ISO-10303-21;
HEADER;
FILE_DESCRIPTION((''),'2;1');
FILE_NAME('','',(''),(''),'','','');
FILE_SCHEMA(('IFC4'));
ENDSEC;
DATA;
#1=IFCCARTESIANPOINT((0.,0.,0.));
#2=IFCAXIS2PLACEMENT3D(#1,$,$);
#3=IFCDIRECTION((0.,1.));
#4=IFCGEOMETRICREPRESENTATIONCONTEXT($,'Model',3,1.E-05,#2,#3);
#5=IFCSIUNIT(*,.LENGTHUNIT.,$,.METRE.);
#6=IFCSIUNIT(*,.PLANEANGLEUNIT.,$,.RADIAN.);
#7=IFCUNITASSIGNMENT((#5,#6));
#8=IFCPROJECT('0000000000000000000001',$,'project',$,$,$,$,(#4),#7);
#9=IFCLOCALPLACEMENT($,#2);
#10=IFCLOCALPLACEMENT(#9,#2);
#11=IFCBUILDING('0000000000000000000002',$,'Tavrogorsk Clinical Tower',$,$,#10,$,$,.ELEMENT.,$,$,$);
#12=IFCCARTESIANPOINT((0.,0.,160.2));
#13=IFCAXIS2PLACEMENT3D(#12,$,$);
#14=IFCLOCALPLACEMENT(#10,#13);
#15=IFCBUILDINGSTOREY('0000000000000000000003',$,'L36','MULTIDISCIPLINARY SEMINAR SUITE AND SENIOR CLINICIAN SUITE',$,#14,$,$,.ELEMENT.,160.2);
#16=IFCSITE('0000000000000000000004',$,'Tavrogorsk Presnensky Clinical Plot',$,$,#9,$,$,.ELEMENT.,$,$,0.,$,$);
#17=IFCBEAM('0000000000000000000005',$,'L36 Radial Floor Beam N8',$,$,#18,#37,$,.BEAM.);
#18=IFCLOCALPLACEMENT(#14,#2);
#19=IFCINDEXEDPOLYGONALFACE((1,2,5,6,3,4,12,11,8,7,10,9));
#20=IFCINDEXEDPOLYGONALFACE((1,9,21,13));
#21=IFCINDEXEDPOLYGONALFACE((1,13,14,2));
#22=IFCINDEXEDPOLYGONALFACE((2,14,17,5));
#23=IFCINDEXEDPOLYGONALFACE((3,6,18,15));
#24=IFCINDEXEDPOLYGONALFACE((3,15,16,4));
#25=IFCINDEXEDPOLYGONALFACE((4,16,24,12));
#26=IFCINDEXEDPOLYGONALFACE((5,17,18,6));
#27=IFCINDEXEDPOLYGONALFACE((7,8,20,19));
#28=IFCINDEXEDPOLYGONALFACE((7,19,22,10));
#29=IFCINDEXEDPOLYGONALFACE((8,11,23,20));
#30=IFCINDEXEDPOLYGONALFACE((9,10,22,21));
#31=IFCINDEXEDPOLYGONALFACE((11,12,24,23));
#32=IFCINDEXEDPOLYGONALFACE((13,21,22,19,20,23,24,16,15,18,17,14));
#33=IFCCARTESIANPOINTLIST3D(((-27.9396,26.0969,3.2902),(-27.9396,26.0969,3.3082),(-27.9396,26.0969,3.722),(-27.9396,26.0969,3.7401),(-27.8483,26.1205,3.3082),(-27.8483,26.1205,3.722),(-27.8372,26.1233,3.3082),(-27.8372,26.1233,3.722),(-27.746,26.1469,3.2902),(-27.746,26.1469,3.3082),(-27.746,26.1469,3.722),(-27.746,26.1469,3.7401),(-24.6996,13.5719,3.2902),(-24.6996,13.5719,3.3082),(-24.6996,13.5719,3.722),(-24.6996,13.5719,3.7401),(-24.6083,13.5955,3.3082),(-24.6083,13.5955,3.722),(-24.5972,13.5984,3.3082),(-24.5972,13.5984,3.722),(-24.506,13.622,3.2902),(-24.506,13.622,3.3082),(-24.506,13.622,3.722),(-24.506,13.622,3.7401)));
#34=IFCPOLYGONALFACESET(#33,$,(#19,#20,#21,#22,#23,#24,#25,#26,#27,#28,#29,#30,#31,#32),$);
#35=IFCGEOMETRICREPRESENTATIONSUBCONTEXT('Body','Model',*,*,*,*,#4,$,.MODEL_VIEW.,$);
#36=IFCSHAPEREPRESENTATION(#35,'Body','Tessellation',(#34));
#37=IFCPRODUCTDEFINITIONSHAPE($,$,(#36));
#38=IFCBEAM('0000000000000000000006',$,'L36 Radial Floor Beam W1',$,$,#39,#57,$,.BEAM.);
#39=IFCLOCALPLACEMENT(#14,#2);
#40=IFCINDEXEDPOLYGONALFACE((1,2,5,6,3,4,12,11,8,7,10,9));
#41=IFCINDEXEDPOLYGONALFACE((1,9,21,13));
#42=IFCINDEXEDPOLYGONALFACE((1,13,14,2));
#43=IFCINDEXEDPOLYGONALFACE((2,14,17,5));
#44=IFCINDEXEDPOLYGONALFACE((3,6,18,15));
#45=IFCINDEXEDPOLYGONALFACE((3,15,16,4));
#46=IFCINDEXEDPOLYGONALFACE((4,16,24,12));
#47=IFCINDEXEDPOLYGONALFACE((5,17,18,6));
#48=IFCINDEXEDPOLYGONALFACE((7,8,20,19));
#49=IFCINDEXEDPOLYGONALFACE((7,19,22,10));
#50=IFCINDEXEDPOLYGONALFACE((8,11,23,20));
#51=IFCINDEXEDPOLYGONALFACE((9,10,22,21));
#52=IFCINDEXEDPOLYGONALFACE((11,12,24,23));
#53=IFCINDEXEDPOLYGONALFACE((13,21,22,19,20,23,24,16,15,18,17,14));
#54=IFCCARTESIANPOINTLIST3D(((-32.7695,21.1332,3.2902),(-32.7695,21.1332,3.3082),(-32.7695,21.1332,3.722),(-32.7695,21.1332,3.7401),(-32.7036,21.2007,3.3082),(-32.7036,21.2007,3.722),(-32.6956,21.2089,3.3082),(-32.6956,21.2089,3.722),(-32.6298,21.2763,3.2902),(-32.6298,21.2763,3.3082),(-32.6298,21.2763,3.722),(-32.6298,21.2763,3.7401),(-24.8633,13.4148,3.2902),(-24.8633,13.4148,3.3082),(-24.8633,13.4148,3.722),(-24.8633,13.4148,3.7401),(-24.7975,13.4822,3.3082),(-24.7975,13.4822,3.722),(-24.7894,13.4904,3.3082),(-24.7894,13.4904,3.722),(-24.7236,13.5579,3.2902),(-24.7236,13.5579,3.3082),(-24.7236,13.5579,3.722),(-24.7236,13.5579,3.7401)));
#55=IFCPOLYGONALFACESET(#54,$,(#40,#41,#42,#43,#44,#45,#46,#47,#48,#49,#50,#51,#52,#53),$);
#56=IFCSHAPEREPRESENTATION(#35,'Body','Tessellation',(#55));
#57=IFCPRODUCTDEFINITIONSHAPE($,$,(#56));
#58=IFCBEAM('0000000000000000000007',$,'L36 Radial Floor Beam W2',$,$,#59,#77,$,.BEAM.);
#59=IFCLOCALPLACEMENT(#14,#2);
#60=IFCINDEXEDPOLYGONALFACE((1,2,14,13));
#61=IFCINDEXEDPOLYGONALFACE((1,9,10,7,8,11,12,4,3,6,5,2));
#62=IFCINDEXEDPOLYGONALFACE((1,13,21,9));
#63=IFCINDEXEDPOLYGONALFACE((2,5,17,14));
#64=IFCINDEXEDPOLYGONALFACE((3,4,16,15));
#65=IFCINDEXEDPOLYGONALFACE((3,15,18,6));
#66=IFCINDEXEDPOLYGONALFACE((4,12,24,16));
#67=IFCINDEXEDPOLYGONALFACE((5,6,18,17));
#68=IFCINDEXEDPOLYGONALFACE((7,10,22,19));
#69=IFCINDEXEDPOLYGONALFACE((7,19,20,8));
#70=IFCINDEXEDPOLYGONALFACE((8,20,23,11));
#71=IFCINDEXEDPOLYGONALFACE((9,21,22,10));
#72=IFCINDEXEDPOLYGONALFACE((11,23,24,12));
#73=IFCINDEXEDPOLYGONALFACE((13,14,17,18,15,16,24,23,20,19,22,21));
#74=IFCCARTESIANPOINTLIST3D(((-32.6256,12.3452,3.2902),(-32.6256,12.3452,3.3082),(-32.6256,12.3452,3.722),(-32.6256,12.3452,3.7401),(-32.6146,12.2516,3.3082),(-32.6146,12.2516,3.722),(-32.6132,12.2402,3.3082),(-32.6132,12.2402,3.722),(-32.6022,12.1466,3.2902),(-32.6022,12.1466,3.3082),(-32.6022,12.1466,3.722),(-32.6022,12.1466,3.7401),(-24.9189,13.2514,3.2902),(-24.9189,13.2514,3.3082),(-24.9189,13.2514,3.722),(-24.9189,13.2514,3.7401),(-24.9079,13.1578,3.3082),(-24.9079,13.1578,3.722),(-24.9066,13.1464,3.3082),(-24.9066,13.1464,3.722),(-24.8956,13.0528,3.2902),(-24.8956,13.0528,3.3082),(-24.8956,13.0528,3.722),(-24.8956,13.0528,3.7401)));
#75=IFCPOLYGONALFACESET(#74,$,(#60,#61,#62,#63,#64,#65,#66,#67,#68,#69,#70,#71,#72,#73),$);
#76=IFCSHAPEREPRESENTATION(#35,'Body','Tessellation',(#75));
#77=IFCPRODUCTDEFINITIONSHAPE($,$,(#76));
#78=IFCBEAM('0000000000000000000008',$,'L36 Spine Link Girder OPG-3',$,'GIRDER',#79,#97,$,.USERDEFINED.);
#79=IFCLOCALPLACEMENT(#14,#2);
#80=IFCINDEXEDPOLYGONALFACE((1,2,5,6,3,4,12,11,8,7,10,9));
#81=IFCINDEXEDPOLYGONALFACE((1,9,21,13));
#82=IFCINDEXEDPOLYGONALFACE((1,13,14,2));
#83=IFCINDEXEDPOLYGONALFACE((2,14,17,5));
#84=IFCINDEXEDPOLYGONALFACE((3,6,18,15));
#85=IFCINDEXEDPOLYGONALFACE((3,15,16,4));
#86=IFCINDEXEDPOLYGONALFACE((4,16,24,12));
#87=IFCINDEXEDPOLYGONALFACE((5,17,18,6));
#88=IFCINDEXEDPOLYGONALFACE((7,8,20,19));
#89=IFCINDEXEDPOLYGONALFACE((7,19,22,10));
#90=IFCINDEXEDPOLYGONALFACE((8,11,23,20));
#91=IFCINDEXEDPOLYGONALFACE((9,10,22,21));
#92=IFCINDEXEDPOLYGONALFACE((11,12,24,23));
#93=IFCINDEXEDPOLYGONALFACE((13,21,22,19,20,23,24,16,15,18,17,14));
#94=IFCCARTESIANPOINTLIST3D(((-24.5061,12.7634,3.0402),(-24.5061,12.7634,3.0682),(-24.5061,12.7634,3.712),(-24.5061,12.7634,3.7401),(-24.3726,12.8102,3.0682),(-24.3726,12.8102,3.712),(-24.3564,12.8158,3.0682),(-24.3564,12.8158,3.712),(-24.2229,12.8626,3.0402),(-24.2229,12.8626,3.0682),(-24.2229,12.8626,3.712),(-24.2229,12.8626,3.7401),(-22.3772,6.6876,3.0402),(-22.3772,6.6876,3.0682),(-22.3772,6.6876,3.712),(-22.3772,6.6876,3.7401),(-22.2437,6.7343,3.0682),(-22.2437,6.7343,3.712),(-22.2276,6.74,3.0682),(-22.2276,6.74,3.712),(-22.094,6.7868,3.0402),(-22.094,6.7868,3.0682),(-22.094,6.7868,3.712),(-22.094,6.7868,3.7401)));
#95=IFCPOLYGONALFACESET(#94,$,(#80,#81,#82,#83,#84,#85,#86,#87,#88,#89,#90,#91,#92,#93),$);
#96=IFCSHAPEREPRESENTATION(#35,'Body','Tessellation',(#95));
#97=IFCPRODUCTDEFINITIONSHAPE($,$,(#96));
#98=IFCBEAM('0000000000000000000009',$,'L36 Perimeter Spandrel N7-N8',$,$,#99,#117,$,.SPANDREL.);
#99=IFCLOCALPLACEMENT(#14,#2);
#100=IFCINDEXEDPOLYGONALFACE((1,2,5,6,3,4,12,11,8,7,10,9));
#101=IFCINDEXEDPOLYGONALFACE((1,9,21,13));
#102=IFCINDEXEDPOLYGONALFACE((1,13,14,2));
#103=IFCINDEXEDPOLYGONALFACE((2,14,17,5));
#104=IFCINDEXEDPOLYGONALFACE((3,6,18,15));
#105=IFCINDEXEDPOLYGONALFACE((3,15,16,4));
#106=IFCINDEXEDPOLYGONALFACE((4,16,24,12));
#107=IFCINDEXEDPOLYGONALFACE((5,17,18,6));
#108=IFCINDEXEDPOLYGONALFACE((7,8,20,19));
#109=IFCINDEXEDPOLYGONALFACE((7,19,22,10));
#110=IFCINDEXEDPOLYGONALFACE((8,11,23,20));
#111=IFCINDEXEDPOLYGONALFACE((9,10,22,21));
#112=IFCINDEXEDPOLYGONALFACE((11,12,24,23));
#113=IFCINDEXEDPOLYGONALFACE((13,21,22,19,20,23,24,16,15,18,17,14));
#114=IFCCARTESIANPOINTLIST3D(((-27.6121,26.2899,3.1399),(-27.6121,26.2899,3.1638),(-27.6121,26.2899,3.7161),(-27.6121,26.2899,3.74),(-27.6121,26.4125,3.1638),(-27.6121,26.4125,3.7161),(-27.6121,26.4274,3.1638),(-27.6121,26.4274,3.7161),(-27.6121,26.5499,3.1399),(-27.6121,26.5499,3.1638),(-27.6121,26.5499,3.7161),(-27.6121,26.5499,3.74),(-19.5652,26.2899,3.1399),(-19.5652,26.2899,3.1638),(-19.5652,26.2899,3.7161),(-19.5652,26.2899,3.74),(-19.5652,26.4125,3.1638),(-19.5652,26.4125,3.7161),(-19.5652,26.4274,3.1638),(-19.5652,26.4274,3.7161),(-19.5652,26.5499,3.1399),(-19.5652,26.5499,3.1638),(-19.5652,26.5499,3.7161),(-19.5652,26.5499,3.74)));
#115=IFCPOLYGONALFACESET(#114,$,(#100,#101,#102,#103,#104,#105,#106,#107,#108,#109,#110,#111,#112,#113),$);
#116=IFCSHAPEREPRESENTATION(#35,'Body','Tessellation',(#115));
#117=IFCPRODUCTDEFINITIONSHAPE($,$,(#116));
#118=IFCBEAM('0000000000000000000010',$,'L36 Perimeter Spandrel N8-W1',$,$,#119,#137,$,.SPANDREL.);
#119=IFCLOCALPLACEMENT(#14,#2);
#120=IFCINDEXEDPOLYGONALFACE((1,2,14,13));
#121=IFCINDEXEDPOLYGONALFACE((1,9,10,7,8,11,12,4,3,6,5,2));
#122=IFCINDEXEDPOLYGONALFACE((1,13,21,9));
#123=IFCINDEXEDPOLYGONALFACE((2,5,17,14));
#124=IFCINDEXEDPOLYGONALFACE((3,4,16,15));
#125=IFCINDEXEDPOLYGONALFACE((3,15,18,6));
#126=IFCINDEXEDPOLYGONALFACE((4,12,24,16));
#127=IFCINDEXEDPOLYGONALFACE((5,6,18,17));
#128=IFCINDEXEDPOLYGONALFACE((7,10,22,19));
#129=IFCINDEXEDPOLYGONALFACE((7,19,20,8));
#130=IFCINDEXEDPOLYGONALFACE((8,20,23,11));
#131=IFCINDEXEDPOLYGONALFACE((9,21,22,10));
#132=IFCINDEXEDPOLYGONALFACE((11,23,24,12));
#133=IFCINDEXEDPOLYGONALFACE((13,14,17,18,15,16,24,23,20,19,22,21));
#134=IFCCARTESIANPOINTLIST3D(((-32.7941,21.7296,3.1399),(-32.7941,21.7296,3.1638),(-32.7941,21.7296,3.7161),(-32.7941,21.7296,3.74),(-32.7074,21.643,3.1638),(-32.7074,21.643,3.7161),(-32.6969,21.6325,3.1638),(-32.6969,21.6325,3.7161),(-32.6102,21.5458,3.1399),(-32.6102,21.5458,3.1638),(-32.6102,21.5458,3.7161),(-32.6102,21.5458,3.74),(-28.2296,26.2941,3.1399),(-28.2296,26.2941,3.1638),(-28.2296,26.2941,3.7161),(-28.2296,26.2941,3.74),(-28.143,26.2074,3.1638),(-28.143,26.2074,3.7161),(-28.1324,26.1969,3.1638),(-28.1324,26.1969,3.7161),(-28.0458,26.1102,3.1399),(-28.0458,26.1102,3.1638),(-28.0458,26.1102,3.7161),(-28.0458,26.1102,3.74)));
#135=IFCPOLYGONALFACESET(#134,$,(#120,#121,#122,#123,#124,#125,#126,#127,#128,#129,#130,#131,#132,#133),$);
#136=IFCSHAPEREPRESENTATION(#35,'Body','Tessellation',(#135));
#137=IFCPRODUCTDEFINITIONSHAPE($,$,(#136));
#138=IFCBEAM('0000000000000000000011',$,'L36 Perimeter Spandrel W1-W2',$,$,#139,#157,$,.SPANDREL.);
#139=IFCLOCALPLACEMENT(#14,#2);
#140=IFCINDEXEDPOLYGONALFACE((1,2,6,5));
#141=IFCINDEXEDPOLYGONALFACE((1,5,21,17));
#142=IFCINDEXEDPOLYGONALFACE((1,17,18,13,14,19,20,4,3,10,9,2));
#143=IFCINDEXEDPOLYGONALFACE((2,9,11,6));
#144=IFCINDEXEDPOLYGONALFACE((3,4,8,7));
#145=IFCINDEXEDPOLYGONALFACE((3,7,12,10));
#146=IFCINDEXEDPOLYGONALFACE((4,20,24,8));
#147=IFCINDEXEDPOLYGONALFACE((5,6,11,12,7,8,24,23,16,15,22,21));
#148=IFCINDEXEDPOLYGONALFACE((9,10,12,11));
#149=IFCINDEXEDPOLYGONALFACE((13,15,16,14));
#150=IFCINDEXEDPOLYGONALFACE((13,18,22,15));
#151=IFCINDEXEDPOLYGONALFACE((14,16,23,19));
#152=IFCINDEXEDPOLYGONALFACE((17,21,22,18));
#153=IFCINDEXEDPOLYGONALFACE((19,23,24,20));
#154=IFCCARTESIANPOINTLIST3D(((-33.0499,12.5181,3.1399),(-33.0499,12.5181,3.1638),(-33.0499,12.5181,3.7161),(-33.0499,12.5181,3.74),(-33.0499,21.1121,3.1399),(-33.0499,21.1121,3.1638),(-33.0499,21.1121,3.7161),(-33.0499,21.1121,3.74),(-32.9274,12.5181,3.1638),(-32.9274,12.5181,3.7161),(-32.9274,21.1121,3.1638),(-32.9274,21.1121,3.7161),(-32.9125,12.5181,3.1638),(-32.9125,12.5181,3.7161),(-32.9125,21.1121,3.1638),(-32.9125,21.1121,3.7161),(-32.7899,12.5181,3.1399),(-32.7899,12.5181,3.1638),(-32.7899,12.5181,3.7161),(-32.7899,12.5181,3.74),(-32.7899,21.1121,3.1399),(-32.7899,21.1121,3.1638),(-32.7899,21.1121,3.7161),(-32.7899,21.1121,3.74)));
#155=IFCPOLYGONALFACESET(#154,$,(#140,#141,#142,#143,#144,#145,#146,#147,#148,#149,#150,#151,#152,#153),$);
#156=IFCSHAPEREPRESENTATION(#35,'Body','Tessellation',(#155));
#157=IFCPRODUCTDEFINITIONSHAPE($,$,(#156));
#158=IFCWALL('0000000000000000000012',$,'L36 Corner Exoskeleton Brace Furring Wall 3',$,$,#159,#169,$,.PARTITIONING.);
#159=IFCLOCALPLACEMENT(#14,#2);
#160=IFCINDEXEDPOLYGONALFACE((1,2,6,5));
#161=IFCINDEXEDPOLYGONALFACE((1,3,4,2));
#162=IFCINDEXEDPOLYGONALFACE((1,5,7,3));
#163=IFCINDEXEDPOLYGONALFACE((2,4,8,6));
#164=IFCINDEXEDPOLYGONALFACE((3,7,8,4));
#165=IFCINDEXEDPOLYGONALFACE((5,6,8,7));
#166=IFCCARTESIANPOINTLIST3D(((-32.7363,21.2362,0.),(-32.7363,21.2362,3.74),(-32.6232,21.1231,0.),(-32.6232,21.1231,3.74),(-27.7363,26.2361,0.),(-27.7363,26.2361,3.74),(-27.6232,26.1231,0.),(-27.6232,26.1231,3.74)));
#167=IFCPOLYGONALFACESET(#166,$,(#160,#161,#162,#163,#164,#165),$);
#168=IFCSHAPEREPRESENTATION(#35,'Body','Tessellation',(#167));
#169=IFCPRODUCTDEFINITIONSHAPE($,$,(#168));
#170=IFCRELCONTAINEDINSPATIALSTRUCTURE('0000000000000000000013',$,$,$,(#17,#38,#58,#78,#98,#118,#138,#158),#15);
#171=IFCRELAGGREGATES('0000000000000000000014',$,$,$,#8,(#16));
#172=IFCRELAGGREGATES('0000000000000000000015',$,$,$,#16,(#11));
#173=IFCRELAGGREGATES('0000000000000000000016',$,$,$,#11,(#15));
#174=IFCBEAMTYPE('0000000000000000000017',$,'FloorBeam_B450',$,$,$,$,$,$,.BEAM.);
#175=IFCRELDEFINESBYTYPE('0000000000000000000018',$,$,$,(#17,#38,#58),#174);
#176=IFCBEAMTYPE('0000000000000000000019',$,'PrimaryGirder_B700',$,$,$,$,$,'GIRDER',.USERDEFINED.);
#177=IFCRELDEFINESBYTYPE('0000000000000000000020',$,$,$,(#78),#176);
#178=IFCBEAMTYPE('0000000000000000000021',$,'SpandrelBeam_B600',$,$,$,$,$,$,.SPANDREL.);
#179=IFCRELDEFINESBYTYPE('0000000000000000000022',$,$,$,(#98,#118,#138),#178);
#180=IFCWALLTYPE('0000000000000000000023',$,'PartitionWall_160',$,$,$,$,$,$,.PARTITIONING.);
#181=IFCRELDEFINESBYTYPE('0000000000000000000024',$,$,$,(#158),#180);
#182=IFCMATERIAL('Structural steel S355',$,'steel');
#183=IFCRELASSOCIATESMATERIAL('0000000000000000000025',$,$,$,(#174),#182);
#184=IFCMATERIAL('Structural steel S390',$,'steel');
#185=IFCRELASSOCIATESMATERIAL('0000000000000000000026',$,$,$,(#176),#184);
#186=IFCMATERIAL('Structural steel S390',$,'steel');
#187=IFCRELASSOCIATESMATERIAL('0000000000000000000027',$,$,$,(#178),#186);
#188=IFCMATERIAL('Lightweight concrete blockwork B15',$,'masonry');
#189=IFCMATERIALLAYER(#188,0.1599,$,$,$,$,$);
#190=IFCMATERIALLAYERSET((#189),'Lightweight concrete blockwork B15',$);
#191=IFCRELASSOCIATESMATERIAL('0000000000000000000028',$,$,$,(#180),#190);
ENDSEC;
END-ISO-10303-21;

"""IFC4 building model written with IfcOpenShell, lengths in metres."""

from ifc_helpers import new_model, si_unit, direction, frame, frame_2d, origin, origin_2d, place, context, subcontext, project, spatial, rectangle, i_section, extrude, material, layer, layer_set, material_profile, profile_set, type_object, element, save


model = new_model("IFC4")

# Units and contexts
model_context = context("Model", 3, precision=1e-05, world=origin(), true_north=direction((0.0, 1.0)))
body_context = subcontext(model_context, "Body", "Model", "MODEL_VIEW")
ifc_project = project(units=[si_unit("LENGTHUNIT", "METRE"), si_unit("PLANEANGLEUNIT", "RADIAN")], contexts=[model_context])

# Site, building, storey
site_placement = place(None, origin())
site = spatial("IfcSite", under=ifc_project, at=site_placement, Name="Tavrogorsk Presnensky Clinical Plot", CompositionType="ELEMENT", RefElevation=0.0)
building_placement = place(site_placement, origin())
building = spatial("IfcBuilding", under=site, at=building_placement, Name="Tavrogorsk Clinical Tower", CompositionType="ELEMENT")
storey_placement = place(building_placement, frame((0.0, 0.0, 160.2)))
storey = spatial("IfcBuildingStorey", under=building, at=storey_placement, Name="L36", Description="MULTIDISCIPLINARY SEMINAR SUITE AND SENIOR CLINICIAN SUITE", CompositionType="ELEMENT", Elevation=160.2)

# Beams
ifc_material_1 = material(Name="Structural steel S355", Category="steel")
ifc_material_profile_1 = material_profile(ifc_material_1, i_section(OverallWidth=0.2, OverallDepth=0.45, WebThickness=0.0115, FlangeThickness=0.0181, at=origin_2d()), Name="B-450x200x11.5x18")
ifc_profile_set_1 = profile_set([ifc_material_profile_1], Name="Structural steel S355")
beam_type_1 = type_object("IfcBeamType", Name="FloorBeam_B450", PredefinedType="BEAM", material=ifc_profile_set_1)
beam_1_placement = place(storey_placement, frame((-24.6028, 13.5969, 3.5151), z_axis=(-0.25044, 0.968132, 0.0), x_axis=(-0.968132, -0.25044, 0.0)))
element("IfcBeam", 1, at=beam_1_placement, inside=storey, type_object=beam_type_1, Name="L36 Radial Floor Beam N8", PredefinedType="BEAM", context=body_context, shape_type="SweptSolid", body=[
    extrude(i_section(OverallWidth=0.2, OverallDepth=0.45, WebThickness=0.0115, FlangeThickness=0.0181, at=origin_2d()), origin(), (0.0, 0.0, 1.0), 12.9373),
])
beam_2_placement = place(storey_placement, frame((-24.7935, 13.4863, 3.5151), z_axis=(-0.715552, 0.69856, 0.0), x_axis=(-0.69856, -0.715552, 0.0)))
element("IfcBeam", 2, at=beam_2_placement, inside=storey, type_object=beam_type_1, Name="L36 Radial Floor Beam W1", PredefinedType="BEAM", context=body_context, shape_type="SweptSolid", body=[
    extrude(i_section(OverallWidth=0.2, OverallDepth=0.45, WebThickness=0.0115, FlangeThickness=0.0181, at=origin_2d()), origin(), (0.0, 0.0, 1.0), 11.0491),
])
beam_3_placement = place(storey_placement, frame((-24.9072, 13.1521, 3.5151), z_axis=(-0.993157, -0.116786, 0.0), x_axis=(0.116786, -0.993157, 0.0)))
element("IfcBeam", 3, at=beam_3_placement, inside=storey, type_object=beam_type_1, Name="L36 Radial Floor Beam W2", PredefinedType="BEAM", context=body_context, shape_type="SweptSolid", body=[
    extrude(i_section(OverallWidth=0.2, OverallDepth=0.45, WebThickness=0.0115, FlangeThickness=0.0181, at=origin_2d()), origin(), (0.0, 0.0, 1.0), 7.7598),
])
ifc_material_2 = material(Name="Structural steel S390", Category="steel")
ifc_material_profile_2 = material_profile(ifc_material_2, i_section(OverallWidth=0.3, OverallDepth=0.7, WebThickness=0.0171, FlangeThickness=0.0281, at=origin_2d()), Name="B-700x300x17x28")
ifc_profile_set_2 = profile_set([ifc_material_profile_2], Name="Structural steel S390")
beam_type_2 = type_object("IfcBeamType", Name="PrimaryGirder_B700", ElementType="GIRDER", PredefinedType="USERDEFINED", material=ifc_profile_set_2)
beam_4_placement = place(storey_placement, frame((-24.3645, 12.813, 3.3901), z_axis=(0.330673, -0.943745, 0.0), x_axis=(0.943745, 0.330673, 0.0)))
element("IfcBeam", 4, at=beam_4_placement, inside=storey, type_object=beam_type_2, Name="L36 Spine Link Girder OPG-3", ObjectType="GIRDER", PredefinedType="USERDEFINED", context=body_context, shape_type="SweptSolid", body=[
    extrude(i_section(OverallWidth=0.3, OverallDepth=0.7, WebThickness=0.0171, FlangeThickness=0.0281, at=origin_2d()), origin(), (0.0, 0.0, 1.0), 6.438),
])
ifc_material_3 = material(Name="Structural steel S390", Category="steel")
ifc_material_profile_3 = material_profile(ifc_material_3, i_section(OverallWidth=0.26, OverallDepth=0.6001, WebThickness=0.0149, FlangeThickness=0.0239, at=origin_2d()), Name="B-600x260x15x24")
ifc_profile_set_3 = profile_set([ifc_material_profile_3], Name="Structural steel S390")
beam_type_3 = type_object("IfcBeamType", Name="SpandrelBeam_B600", PredefinedType="SPANDREL", material=ifc_profile_set_3)
beam_5_placement = place(storey_placement, frame((-19.5652, 26.4199, 3.4399), z_axis=(-1.0, 0.0, 0.0), x_axis=(0.0, -1.0, 0.0)))
element("IfcBeam", 5, at=beam_5_placement, inside=storey, type_object=beam_type_3, Name="L36 Perimeter Spandrel N7-N8", PredefinedType="SPANDREL", context=body_context, shape_type="SweptSolid", body=[
    extrude(i_section(OverallWidth=0.26, OverallDepth=0.6001, WebThickness=0.0149, FlangeThickness=0.0239, at=origin_2d()), origin(), (0.0, 0.0, 1.0), 8.0469),
])
beam_6_placement = place(storey_placement, frame((-28.1377, 26.2021, 3.4399), z_axis=(-0.707107, -0.707107, 0.0), x_axis=(0.707107, -0.707107, 0.0)))
element("IfcBeam", 6, at=beam_6_placement, inside=storey, type_object=beam_type_3, Name="L36 Perimeter Spandrel N8-W1", PredefinedType="SPANDREL", context=body_context, shape_type="SweptSolid", body=[
    extrude(i_section(OverallWidth=0.26, OverallDepth=0.6001, WebThickness=0.0149, FlangeThickness=0.0239, at=origin_2d()), origin(), (0.0, 0.0, 1.0), 6.4551),
])
beam_7_placement = place(storey_placement, frame((-32.9199, 21.1121, 3.4399), z_axis=(0.0, -1.0, 0.0), x_axis=(1.0, 0.0, 0.0)))
element("IfcBeam", 7, at=beam_7_placement, inside=storey, type_object=beam_type_3, Name="L36 Perimeter Spandrel W1-W2", PredefinedType="SPANDREL", context=body_context, shape_type="SweptSolid", body=[
    extrude(i_section(OverallWidth=0.26, OverallDepth=0.6001, WebThickness=0.0149, FlangeThickness=0.0239, at=origin_2d()), origin(), (0.0, 0.0, 1.0), 8.594),
])

# Wall
ifc_material_4 = material(Name="Lightweight concrete blockwork B15", Category="masonry")
ifc_layer_1 = layer(ifc_material_4, 0.1599)
ifc_layer_set_1 = layer_set([ifc_layer_1], Name="Lightweight concrete blockwork B15")
wall_type_1 = type_object("IfcWallType", Name="PartitionWall_160", PredefinedType="PARTITIONING", material=ifc_layer_set_1)
wall_1_placement = place(storey_placement, frame((-27.6797, 26.1797, 0.0), z_axis=(0.0, 0.0, 1.0), x_axis=(-0.707107, -0.707107, 0.0)))
element("IfcWall", 8, at=wall_1_placement, inside=storey, type_object=wall_type_1, Name="L36 Corner Exoskeleton Brace Furring Wall 3", PredefinedType="PARTITIONING", context=body_context, shape_type="SweptSolid", body=[
    extrude(rectangle(XDim=7.071, YDim=0.1599, at=frame_2d((3.5356, 0.0))), origin(), (0.0, 0.0, 1.0), 3.74),
])

save(model, "model.ifc")
